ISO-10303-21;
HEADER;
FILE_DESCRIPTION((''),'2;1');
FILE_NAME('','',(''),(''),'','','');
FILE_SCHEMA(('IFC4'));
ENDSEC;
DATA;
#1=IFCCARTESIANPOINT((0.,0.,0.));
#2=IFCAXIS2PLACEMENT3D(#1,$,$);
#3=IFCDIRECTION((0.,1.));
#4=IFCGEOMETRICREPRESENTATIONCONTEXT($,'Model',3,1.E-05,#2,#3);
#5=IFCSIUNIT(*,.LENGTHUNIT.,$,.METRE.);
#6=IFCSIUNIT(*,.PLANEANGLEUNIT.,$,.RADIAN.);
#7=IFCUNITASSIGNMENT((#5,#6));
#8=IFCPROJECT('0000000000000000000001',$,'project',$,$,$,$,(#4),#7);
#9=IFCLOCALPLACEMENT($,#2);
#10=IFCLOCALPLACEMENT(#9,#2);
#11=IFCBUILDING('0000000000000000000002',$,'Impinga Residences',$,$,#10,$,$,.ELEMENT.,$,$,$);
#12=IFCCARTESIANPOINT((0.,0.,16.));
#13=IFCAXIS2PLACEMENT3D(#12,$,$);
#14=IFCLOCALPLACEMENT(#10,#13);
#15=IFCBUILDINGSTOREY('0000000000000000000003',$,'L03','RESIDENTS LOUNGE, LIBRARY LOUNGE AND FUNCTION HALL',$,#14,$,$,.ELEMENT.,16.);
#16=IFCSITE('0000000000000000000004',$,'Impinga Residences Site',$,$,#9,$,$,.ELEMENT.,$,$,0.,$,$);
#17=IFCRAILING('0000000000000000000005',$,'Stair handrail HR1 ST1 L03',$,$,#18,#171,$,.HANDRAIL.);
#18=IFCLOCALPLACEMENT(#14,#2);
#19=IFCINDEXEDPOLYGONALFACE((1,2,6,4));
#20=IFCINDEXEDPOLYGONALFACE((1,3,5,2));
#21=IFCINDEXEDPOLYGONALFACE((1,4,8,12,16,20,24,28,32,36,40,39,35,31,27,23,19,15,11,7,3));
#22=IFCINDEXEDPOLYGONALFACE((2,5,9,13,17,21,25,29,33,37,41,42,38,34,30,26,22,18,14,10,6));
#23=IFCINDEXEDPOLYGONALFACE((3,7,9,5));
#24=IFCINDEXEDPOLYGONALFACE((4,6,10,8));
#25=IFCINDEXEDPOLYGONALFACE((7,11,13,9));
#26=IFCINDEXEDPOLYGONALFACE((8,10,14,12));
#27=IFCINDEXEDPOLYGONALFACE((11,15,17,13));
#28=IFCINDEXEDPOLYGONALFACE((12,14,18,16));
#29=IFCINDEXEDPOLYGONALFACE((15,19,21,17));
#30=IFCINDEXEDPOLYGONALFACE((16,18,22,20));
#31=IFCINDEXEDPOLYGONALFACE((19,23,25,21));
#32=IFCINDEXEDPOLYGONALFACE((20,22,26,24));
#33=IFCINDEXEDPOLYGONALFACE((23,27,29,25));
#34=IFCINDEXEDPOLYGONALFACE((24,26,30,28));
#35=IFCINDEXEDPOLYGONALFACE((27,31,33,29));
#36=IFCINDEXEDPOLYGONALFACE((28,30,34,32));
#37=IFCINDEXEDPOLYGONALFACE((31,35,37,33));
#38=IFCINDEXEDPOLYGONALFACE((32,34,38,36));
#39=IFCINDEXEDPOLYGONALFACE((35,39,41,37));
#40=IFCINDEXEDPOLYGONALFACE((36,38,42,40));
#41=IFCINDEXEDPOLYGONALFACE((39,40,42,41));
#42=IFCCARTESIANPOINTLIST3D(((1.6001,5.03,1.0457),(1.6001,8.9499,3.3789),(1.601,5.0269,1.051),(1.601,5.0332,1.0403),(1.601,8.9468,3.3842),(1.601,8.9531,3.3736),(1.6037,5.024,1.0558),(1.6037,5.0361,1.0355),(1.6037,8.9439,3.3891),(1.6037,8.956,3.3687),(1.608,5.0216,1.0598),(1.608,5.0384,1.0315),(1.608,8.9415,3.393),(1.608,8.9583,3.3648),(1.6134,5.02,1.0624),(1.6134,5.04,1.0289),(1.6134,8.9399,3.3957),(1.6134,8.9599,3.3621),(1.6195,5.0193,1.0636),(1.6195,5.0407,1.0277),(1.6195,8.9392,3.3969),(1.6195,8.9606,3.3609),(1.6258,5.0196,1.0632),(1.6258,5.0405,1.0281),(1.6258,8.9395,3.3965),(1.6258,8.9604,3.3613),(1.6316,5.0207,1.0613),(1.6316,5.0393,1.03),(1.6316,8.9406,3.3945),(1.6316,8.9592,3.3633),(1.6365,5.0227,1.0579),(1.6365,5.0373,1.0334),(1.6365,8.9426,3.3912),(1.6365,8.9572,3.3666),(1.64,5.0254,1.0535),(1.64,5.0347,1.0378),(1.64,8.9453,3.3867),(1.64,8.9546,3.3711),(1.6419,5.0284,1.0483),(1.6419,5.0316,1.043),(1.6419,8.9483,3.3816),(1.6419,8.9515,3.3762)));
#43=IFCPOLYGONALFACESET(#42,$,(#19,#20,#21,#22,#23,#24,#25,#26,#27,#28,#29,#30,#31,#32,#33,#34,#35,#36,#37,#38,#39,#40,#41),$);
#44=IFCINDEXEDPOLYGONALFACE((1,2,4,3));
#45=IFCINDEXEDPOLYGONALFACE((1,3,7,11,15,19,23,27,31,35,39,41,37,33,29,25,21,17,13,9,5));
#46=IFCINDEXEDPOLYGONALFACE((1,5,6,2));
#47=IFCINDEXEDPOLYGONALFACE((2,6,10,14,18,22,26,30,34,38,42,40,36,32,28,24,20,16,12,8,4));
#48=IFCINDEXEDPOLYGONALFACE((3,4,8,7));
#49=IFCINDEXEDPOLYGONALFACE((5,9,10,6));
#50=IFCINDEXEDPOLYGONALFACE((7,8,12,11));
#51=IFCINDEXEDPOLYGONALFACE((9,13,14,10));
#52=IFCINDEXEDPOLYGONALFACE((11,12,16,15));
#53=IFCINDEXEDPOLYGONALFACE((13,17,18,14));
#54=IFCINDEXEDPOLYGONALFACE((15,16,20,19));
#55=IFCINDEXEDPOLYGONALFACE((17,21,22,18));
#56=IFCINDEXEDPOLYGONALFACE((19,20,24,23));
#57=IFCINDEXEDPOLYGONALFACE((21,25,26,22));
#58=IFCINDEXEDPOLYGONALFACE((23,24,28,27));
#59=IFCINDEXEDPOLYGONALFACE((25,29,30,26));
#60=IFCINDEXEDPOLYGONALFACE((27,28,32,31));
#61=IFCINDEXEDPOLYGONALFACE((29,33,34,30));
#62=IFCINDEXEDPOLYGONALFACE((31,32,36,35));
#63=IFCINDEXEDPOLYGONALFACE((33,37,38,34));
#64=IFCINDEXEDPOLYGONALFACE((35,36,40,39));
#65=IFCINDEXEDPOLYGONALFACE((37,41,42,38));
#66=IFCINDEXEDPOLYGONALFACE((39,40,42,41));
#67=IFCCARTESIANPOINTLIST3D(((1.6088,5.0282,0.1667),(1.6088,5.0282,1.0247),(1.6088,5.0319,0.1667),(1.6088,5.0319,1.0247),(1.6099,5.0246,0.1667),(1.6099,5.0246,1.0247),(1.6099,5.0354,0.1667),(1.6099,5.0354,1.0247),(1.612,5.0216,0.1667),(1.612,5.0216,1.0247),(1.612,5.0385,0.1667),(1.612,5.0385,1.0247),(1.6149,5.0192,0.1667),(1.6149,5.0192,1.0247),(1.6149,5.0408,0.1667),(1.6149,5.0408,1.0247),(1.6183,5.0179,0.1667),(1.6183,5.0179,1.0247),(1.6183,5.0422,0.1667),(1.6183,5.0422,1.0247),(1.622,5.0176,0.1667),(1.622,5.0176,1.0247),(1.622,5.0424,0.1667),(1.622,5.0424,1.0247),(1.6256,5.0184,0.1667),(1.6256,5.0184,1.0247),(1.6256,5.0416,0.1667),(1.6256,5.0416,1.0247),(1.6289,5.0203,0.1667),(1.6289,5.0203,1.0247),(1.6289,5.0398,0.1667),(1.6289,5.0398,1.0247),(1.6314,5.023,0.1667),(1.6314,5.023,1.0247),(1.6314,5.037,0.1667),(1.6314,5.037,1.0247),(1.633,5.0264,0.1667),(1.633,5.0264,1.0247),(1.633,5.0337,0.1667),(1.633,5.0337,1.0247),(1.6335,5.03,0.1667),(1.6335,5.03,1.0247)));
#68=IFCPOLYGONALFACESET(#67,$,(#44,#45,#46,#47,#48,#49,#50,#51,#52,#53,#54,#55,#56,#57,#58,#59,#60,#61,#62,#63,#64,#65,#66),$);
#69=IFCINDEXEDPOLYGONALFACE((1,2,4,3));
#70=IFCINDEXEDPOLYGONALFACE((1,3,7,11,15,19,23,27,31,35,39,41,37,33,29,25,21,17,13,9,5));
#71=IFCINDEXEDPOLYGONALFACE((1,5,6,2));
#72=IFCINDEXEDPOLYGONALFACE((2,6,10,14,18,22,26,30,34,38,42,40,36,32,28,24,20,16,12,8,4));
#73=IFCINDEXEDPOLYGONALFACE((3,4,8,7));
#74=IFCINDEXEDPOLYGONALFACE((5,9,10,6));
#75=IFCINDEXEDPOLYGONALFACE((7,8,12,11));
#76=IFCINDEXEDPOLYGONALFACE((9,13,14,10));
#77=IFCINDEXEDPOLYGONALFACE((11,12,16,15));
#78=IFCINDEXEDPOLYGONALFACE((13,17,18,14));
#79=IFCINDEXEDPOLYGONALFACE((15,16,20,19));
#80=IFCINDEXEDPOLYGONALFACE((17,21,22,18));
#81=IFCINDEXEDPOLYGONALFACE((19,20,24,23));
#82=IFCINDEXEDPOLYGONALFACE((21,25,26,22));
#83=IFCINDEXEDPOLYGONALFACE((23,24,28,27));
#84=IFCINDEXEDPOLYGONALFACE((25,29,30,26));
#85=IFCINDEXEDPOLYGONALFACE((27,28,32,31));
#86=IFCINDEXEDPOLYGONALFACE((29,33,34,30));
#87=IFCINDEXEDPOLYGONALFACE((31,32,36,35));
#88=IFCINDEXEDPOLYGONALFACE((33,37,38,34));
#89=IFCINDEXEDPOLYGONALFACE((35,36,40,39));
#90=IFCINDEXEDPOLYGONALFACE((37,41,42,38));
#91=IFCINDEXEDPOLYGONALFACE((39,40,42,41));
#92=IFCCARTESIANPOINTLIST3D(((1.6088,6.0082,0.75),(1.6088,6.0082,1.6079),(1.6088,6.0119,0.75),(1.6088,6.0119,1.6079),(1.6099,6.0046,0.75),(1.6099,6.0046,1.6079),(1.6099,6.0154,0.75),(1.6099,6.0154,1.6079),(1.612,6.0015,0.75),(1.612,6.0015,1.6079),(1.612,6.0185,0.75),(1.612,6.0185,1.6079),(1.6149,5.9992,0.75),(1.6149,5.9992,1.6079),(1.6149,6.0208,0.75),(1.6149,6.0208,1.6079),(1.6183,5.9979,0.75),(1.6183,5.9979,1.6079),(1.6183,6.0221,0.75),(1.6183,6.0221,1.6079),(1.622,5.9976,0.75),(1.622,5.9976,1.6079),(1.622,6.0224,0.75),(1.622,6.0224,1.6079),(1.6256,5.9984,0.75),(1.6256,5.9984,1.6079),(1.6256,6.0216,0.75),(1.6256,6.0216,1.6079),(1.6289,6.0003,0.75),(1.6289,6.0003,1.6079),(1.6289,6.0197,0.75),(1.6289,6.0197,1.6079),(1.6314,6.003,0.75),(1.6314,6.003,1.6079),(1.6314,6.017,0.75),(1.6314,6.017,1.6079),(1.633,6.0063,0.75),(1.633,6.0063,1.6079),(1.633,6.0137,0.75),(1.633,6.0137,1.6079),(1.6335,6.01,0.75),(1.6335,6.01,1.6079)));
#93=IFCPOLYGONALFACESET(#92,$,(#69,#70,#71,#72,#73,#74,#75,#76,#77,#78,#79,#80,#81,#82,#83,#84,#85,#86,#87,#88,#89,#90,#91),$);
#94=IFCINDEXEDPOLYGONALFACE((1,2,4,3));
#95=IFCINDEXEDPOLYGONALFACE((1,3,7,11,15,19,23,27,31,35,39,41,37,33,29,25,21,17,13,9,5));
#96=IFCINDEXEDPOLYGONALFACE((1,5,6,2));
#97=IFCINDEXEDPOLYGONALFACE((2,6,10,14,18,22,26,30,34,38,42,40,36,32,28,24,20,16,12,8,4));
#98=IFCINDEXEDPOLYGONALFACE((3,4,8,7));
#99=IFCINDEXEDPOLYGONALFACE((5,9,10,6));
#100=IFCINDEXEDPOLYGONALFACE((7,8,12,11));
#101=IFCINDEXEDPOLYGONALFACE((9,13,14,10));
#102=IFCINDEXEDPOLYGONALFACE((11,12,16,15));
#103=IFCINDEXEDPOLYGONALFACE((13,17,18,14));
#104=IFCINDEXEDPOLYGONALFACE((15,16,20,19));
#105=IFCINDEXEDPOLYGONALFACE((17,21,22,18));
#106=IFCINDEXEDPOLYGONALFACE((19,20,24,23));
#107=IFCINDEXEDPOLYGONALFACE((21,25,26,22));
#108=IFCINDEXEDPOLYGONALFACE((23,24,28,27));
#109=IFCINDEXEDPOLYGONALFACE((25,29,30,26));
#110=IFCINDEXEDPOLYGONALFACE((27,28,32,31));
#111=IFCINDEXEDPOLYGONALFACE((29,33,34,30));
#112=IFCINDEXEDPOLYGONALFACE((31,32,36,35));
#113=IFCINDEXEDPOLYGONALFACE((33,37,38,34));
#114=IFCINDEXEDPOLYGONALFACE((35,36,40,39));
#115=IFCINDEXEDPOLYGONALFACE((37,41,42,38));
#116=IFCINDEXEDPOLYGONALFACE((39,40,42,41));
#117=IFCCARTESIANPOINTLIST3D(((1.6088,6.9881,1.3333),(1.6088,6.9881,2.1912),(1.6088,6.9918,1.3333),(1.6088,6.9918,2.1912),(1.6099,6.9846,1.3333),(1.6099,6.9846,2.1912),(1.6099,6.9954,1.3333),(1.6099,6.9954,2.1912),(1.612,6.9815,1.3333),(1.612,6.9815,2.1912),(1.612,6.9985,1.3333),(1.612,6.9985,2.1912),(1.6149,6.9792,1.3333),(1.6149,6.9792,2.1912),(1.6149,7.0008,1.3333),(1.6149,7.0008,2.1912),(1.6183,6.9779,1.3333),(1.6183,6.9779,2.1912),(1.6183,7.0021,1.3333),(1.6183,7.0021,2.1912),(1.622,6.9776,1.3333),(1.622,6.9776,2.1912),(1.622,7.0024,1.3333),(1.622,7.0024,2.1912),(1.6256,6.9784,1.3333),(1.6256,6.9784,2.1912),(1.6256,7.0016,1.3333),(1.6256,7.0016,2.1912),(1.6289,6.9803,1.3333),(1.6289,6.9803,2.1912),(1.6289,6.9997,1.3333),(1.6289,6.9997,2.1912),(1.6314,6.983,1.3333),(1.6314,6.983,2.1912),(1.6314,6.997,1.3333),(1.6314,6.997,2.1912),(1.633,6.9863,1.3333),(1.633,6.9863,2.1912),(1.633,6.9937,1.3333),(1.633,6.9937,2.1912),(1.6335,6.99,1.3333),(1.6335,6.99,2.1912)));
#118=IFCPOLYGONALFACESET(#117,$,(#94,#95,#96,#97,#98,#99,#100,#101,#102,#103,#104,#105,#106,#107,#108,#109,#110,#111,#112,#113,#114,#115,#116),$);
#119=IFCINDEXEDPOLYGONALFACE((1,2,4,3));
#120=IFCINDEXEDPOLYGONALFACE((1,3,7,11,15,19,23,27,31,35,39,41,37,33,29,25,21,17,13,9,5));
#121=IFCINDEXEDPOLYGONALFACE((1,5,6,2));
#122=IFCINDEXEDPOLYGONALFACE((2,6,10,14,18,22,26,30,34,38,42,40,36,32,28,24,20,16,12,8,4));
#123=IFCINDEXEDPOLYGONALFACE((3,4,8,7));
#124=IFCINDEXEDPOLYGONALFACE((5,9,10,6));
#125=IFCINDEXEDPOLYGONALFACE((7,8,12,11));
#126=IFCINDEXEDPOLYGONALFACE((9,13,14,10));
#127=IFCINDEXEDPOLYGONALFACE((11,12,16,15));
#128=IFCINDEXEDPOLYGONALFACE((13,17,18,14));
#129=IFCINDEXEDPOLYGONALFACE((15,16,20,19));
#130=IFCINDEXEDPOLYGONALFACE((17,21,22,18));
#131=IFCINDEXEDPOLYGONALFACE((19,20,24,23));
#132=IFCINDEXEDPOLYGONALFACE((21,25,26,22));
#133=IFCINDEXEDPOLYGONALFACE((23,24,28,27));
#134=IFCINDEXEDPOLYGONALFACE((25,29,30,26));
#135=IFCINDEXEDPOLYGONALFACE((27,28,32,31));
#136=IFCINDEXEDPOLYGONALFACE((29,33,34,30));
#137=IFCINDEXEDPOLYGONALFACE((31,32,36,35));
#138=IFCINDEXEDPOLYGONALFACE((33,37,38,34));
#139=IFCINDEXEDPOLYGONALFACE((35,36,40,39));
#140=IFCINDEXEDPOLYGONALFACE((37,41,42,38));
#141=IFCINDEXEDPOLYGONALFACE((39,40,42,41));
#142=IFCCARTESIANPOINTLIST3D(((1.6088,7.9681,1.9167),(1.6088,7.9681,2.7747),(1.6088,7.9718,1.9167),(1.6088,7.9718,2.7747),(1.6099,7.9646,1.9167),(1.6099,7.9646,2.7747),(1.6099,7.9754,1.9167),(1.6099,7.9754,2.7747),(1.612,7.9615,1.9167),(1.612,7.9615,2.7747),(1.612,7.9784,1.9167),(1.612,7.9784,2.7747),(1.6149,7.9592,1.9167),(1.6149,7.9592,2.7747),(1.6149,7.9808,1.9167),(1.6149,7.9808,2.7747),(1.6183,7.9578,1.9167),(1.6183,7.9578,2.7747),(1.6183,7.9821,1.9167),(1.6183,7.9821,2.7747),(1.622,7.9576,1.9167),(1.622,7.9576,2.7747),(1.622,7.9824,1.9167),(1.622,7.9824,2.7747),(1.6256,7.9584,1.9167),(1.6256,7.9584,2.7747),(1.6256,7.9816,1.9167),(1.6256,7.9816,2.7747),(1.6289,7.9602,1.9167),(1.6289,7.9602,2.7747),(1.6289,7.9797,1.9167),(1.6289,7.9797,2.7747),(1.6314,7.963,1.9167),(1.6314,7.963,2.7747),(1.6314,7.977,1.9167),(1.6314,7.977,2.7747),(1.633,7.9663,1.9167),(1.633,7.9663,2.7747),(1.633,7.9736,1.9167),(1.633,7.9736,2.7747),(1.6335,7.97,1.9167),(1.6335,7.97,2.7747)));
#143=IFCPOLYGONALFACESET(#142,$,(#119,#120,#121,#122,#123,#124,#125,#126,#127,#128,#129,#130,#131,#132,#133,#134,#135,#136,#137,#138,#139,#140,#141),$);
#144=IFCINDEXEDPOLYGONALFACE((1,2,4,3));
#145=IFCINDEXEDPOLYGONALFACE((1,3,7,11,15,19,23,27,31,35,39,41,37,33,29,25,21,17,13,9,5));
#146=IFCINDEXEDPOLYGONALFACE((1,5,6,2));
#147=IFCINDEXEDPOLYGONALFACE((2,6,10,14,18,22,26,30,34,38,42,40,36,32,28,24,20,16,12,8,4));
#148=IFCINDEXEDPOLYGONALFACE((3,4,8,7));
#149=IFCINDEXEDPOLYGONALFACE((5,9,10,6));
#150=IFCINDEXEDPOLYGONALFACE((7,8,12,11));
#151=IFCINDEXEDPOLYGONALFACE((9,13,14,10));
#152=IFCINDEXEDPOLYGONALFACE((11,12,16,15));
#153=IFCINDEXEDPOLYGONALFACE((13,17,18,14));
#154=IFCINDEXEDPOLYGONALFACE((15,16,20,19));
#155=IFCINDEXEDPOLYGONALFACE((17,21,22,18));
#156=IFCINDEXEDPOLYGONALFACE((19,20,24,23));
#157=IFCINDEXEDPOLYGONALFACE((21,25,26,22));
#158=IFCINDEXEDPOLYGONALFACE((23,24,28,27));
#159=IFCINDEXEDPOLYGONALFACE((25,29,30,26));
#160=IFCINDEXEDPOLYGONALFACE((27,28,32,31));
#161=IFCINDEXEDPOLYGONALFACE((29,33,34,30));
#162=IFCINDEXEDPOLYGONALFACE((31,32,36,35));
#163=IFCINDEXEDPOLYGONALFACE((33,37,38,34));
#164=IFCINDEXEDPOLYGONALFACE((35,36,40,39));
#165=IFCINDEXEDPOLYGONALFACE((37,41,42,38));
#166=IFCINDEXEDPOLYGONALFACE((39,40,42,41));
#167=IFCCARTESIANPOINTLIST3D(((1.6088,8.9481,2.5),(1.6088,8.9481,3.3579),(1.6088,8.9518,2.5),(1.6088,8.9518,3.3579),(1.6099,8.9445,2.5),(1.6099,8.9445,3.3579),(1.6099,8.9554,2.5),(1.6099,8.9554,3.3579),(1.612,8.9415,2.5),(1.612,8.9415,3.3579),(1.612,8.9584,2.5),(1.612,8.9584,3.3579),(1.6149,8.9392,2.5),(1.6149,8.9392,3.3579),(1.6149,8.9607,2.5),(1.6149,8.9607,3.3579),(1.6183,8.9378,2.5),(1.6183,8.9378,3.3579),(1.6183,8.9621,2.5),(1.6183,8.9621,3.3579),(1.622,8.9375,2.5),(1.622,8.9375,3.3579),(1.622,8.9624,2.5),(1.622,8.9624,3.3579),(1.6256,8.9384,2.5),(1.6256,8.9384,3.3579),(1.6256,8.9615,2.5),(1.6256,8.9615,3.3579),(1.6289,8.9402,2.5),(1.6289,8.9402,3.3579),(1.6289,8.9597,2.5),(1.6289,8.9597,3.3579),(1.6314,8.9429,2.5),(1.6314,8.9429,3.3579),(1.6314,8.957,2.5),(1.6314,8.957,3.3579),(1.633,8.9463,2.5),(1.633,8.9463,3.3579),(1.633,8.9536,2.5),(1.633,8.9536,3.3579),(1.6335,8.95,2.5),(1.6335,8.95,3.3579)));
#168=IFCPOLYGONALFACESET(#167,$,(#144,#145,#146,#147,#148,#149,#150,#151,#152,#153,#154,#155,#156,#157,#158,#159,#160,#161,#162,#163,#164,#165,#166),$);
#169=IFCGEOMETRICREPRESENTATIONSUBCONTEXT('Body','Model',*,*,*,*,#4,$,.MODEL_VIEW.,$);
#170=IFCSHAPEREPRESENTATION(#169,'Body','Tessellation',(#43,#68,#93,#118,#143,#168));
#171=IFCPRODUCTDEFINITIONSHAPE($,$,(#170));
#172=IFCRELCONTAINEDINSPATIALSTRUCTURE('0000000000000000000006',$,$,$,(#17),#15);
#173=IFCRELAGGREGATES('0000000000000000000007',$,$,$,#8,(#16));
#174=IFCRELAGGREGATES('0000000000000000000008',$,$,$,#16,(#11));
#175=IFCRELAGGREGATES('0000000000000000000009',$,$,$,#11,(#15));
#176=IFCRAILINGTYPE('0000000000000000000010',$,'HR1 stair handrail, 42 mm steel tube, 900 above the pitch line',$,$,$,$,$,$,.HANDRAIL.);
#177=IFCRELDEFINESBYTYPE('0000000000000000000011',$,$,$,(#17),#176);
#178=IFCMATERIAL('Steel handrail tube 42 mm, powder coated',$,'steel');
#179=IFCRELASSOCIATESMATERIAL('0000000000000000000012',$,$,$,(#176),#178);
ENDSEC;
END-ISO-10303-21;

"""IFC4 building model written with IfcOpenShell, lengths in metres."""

from ifc_helpers import new_model, si_unit, direction, frame, origin, origin_2d, place, context, subcontext, project, spatial, circle, extrude, material, type_object, element, save


model = new_model("IFC4")

# Units and contexts
model_context = context("Model", 3, precision=1e-05, world=origin(), true_north=direction((0.0, 1.0)))
body_context = subcontext(model_context, "Body", "Model", "MODEL_VIEW")
ifc_project = project(units=[si_unit("LENGTHUNIT", "METRE"), si_unit("PLANEANGLEUNIT", "RADIAN")], contexts=[model_context])

# Site, building, storey
site_placement = place(None, origin())
site = spatial("IfcSite", under=ifc_project, at=site_placement, Name="Impinga Residences Site", CompositionType="ELEMENT", RefElevation=0.0)
building_placement = place(site_placement, origin())
building = spatial("IfcBuilding", under=site, at=building_placement, Name="Impinga Residences", CompositionType="ELEMENT")
storey_placement = place(building_placement, frame((0.0, 0.0, 16.0)))
storey = spatial("IfcBuildingStorey", under=building, at=storey_placement, Name="L03", Description="RESIDENTS LOUNGE, LIBRARY LOUNGE AND FUNCTION HALL", CompositionType="ELEMENT", Elevation=16.0)

# Railing
ifc_material_1 = material(Name="Steel handrail tube 42 mm, powder coated", Category="steel")
railing_type = type_object("IfcRailingType", Name="HR1 stair handrail, 42 mm steel tube, 900 above the pitch line", PredefinedType="HANDRAIL", material=ifc_material_1)
railing_placement = place(storey_placement, frame((1.6211, 5.03, 0.1667)))
element("IfcRailing", 1, at=railing_placement, inside=storey, type_object=railing_type, Name="Stair handrail HR1 ST1 L03", PredefinedType="HANDRAIL", context=body_context, shape_type="SweptSolid", body=[
    extrude(circle(Radius=0.021, at=origin_2d()), frame((0.0, 0.0, 0.8789), z_axis=(0.0, 0.859296, 0.511478), x_axis=(-1.0, 0.0, 0.0)), (0.0, 0.0, 1.0), 4.5618),
    extrude(circle(Radius=0.0125, at=origin_2d()), origin(), (0.0, 0.0, 1.0), 0.8579),
    extrude(circle(Radius=0.0125, at=origin_2d()), frame((0.0, 0.98, 0.5833)), (0.0, 0.0, 1.0), 0.8579),
    extrude(circle(Radius=0.0125, at=origin_2d()), frame((0.0, 1.96, 1.1665)), (0.0, 0.0, 1.0), 0.8579),
    extrude(circle(Radius=0.0125, at=origin_2d()), frame((0.0, 2.9399, 1.75)), (0.0, 0.0, 1.0), 0.8579),
    extrude(circle(Radius=0.0125, at=origin_2d()), frame((0.0, 3.9199, 2.3333)), (0.0, 0.0, 1.0), 0.8579),
])

save(model, "model.ifc")
